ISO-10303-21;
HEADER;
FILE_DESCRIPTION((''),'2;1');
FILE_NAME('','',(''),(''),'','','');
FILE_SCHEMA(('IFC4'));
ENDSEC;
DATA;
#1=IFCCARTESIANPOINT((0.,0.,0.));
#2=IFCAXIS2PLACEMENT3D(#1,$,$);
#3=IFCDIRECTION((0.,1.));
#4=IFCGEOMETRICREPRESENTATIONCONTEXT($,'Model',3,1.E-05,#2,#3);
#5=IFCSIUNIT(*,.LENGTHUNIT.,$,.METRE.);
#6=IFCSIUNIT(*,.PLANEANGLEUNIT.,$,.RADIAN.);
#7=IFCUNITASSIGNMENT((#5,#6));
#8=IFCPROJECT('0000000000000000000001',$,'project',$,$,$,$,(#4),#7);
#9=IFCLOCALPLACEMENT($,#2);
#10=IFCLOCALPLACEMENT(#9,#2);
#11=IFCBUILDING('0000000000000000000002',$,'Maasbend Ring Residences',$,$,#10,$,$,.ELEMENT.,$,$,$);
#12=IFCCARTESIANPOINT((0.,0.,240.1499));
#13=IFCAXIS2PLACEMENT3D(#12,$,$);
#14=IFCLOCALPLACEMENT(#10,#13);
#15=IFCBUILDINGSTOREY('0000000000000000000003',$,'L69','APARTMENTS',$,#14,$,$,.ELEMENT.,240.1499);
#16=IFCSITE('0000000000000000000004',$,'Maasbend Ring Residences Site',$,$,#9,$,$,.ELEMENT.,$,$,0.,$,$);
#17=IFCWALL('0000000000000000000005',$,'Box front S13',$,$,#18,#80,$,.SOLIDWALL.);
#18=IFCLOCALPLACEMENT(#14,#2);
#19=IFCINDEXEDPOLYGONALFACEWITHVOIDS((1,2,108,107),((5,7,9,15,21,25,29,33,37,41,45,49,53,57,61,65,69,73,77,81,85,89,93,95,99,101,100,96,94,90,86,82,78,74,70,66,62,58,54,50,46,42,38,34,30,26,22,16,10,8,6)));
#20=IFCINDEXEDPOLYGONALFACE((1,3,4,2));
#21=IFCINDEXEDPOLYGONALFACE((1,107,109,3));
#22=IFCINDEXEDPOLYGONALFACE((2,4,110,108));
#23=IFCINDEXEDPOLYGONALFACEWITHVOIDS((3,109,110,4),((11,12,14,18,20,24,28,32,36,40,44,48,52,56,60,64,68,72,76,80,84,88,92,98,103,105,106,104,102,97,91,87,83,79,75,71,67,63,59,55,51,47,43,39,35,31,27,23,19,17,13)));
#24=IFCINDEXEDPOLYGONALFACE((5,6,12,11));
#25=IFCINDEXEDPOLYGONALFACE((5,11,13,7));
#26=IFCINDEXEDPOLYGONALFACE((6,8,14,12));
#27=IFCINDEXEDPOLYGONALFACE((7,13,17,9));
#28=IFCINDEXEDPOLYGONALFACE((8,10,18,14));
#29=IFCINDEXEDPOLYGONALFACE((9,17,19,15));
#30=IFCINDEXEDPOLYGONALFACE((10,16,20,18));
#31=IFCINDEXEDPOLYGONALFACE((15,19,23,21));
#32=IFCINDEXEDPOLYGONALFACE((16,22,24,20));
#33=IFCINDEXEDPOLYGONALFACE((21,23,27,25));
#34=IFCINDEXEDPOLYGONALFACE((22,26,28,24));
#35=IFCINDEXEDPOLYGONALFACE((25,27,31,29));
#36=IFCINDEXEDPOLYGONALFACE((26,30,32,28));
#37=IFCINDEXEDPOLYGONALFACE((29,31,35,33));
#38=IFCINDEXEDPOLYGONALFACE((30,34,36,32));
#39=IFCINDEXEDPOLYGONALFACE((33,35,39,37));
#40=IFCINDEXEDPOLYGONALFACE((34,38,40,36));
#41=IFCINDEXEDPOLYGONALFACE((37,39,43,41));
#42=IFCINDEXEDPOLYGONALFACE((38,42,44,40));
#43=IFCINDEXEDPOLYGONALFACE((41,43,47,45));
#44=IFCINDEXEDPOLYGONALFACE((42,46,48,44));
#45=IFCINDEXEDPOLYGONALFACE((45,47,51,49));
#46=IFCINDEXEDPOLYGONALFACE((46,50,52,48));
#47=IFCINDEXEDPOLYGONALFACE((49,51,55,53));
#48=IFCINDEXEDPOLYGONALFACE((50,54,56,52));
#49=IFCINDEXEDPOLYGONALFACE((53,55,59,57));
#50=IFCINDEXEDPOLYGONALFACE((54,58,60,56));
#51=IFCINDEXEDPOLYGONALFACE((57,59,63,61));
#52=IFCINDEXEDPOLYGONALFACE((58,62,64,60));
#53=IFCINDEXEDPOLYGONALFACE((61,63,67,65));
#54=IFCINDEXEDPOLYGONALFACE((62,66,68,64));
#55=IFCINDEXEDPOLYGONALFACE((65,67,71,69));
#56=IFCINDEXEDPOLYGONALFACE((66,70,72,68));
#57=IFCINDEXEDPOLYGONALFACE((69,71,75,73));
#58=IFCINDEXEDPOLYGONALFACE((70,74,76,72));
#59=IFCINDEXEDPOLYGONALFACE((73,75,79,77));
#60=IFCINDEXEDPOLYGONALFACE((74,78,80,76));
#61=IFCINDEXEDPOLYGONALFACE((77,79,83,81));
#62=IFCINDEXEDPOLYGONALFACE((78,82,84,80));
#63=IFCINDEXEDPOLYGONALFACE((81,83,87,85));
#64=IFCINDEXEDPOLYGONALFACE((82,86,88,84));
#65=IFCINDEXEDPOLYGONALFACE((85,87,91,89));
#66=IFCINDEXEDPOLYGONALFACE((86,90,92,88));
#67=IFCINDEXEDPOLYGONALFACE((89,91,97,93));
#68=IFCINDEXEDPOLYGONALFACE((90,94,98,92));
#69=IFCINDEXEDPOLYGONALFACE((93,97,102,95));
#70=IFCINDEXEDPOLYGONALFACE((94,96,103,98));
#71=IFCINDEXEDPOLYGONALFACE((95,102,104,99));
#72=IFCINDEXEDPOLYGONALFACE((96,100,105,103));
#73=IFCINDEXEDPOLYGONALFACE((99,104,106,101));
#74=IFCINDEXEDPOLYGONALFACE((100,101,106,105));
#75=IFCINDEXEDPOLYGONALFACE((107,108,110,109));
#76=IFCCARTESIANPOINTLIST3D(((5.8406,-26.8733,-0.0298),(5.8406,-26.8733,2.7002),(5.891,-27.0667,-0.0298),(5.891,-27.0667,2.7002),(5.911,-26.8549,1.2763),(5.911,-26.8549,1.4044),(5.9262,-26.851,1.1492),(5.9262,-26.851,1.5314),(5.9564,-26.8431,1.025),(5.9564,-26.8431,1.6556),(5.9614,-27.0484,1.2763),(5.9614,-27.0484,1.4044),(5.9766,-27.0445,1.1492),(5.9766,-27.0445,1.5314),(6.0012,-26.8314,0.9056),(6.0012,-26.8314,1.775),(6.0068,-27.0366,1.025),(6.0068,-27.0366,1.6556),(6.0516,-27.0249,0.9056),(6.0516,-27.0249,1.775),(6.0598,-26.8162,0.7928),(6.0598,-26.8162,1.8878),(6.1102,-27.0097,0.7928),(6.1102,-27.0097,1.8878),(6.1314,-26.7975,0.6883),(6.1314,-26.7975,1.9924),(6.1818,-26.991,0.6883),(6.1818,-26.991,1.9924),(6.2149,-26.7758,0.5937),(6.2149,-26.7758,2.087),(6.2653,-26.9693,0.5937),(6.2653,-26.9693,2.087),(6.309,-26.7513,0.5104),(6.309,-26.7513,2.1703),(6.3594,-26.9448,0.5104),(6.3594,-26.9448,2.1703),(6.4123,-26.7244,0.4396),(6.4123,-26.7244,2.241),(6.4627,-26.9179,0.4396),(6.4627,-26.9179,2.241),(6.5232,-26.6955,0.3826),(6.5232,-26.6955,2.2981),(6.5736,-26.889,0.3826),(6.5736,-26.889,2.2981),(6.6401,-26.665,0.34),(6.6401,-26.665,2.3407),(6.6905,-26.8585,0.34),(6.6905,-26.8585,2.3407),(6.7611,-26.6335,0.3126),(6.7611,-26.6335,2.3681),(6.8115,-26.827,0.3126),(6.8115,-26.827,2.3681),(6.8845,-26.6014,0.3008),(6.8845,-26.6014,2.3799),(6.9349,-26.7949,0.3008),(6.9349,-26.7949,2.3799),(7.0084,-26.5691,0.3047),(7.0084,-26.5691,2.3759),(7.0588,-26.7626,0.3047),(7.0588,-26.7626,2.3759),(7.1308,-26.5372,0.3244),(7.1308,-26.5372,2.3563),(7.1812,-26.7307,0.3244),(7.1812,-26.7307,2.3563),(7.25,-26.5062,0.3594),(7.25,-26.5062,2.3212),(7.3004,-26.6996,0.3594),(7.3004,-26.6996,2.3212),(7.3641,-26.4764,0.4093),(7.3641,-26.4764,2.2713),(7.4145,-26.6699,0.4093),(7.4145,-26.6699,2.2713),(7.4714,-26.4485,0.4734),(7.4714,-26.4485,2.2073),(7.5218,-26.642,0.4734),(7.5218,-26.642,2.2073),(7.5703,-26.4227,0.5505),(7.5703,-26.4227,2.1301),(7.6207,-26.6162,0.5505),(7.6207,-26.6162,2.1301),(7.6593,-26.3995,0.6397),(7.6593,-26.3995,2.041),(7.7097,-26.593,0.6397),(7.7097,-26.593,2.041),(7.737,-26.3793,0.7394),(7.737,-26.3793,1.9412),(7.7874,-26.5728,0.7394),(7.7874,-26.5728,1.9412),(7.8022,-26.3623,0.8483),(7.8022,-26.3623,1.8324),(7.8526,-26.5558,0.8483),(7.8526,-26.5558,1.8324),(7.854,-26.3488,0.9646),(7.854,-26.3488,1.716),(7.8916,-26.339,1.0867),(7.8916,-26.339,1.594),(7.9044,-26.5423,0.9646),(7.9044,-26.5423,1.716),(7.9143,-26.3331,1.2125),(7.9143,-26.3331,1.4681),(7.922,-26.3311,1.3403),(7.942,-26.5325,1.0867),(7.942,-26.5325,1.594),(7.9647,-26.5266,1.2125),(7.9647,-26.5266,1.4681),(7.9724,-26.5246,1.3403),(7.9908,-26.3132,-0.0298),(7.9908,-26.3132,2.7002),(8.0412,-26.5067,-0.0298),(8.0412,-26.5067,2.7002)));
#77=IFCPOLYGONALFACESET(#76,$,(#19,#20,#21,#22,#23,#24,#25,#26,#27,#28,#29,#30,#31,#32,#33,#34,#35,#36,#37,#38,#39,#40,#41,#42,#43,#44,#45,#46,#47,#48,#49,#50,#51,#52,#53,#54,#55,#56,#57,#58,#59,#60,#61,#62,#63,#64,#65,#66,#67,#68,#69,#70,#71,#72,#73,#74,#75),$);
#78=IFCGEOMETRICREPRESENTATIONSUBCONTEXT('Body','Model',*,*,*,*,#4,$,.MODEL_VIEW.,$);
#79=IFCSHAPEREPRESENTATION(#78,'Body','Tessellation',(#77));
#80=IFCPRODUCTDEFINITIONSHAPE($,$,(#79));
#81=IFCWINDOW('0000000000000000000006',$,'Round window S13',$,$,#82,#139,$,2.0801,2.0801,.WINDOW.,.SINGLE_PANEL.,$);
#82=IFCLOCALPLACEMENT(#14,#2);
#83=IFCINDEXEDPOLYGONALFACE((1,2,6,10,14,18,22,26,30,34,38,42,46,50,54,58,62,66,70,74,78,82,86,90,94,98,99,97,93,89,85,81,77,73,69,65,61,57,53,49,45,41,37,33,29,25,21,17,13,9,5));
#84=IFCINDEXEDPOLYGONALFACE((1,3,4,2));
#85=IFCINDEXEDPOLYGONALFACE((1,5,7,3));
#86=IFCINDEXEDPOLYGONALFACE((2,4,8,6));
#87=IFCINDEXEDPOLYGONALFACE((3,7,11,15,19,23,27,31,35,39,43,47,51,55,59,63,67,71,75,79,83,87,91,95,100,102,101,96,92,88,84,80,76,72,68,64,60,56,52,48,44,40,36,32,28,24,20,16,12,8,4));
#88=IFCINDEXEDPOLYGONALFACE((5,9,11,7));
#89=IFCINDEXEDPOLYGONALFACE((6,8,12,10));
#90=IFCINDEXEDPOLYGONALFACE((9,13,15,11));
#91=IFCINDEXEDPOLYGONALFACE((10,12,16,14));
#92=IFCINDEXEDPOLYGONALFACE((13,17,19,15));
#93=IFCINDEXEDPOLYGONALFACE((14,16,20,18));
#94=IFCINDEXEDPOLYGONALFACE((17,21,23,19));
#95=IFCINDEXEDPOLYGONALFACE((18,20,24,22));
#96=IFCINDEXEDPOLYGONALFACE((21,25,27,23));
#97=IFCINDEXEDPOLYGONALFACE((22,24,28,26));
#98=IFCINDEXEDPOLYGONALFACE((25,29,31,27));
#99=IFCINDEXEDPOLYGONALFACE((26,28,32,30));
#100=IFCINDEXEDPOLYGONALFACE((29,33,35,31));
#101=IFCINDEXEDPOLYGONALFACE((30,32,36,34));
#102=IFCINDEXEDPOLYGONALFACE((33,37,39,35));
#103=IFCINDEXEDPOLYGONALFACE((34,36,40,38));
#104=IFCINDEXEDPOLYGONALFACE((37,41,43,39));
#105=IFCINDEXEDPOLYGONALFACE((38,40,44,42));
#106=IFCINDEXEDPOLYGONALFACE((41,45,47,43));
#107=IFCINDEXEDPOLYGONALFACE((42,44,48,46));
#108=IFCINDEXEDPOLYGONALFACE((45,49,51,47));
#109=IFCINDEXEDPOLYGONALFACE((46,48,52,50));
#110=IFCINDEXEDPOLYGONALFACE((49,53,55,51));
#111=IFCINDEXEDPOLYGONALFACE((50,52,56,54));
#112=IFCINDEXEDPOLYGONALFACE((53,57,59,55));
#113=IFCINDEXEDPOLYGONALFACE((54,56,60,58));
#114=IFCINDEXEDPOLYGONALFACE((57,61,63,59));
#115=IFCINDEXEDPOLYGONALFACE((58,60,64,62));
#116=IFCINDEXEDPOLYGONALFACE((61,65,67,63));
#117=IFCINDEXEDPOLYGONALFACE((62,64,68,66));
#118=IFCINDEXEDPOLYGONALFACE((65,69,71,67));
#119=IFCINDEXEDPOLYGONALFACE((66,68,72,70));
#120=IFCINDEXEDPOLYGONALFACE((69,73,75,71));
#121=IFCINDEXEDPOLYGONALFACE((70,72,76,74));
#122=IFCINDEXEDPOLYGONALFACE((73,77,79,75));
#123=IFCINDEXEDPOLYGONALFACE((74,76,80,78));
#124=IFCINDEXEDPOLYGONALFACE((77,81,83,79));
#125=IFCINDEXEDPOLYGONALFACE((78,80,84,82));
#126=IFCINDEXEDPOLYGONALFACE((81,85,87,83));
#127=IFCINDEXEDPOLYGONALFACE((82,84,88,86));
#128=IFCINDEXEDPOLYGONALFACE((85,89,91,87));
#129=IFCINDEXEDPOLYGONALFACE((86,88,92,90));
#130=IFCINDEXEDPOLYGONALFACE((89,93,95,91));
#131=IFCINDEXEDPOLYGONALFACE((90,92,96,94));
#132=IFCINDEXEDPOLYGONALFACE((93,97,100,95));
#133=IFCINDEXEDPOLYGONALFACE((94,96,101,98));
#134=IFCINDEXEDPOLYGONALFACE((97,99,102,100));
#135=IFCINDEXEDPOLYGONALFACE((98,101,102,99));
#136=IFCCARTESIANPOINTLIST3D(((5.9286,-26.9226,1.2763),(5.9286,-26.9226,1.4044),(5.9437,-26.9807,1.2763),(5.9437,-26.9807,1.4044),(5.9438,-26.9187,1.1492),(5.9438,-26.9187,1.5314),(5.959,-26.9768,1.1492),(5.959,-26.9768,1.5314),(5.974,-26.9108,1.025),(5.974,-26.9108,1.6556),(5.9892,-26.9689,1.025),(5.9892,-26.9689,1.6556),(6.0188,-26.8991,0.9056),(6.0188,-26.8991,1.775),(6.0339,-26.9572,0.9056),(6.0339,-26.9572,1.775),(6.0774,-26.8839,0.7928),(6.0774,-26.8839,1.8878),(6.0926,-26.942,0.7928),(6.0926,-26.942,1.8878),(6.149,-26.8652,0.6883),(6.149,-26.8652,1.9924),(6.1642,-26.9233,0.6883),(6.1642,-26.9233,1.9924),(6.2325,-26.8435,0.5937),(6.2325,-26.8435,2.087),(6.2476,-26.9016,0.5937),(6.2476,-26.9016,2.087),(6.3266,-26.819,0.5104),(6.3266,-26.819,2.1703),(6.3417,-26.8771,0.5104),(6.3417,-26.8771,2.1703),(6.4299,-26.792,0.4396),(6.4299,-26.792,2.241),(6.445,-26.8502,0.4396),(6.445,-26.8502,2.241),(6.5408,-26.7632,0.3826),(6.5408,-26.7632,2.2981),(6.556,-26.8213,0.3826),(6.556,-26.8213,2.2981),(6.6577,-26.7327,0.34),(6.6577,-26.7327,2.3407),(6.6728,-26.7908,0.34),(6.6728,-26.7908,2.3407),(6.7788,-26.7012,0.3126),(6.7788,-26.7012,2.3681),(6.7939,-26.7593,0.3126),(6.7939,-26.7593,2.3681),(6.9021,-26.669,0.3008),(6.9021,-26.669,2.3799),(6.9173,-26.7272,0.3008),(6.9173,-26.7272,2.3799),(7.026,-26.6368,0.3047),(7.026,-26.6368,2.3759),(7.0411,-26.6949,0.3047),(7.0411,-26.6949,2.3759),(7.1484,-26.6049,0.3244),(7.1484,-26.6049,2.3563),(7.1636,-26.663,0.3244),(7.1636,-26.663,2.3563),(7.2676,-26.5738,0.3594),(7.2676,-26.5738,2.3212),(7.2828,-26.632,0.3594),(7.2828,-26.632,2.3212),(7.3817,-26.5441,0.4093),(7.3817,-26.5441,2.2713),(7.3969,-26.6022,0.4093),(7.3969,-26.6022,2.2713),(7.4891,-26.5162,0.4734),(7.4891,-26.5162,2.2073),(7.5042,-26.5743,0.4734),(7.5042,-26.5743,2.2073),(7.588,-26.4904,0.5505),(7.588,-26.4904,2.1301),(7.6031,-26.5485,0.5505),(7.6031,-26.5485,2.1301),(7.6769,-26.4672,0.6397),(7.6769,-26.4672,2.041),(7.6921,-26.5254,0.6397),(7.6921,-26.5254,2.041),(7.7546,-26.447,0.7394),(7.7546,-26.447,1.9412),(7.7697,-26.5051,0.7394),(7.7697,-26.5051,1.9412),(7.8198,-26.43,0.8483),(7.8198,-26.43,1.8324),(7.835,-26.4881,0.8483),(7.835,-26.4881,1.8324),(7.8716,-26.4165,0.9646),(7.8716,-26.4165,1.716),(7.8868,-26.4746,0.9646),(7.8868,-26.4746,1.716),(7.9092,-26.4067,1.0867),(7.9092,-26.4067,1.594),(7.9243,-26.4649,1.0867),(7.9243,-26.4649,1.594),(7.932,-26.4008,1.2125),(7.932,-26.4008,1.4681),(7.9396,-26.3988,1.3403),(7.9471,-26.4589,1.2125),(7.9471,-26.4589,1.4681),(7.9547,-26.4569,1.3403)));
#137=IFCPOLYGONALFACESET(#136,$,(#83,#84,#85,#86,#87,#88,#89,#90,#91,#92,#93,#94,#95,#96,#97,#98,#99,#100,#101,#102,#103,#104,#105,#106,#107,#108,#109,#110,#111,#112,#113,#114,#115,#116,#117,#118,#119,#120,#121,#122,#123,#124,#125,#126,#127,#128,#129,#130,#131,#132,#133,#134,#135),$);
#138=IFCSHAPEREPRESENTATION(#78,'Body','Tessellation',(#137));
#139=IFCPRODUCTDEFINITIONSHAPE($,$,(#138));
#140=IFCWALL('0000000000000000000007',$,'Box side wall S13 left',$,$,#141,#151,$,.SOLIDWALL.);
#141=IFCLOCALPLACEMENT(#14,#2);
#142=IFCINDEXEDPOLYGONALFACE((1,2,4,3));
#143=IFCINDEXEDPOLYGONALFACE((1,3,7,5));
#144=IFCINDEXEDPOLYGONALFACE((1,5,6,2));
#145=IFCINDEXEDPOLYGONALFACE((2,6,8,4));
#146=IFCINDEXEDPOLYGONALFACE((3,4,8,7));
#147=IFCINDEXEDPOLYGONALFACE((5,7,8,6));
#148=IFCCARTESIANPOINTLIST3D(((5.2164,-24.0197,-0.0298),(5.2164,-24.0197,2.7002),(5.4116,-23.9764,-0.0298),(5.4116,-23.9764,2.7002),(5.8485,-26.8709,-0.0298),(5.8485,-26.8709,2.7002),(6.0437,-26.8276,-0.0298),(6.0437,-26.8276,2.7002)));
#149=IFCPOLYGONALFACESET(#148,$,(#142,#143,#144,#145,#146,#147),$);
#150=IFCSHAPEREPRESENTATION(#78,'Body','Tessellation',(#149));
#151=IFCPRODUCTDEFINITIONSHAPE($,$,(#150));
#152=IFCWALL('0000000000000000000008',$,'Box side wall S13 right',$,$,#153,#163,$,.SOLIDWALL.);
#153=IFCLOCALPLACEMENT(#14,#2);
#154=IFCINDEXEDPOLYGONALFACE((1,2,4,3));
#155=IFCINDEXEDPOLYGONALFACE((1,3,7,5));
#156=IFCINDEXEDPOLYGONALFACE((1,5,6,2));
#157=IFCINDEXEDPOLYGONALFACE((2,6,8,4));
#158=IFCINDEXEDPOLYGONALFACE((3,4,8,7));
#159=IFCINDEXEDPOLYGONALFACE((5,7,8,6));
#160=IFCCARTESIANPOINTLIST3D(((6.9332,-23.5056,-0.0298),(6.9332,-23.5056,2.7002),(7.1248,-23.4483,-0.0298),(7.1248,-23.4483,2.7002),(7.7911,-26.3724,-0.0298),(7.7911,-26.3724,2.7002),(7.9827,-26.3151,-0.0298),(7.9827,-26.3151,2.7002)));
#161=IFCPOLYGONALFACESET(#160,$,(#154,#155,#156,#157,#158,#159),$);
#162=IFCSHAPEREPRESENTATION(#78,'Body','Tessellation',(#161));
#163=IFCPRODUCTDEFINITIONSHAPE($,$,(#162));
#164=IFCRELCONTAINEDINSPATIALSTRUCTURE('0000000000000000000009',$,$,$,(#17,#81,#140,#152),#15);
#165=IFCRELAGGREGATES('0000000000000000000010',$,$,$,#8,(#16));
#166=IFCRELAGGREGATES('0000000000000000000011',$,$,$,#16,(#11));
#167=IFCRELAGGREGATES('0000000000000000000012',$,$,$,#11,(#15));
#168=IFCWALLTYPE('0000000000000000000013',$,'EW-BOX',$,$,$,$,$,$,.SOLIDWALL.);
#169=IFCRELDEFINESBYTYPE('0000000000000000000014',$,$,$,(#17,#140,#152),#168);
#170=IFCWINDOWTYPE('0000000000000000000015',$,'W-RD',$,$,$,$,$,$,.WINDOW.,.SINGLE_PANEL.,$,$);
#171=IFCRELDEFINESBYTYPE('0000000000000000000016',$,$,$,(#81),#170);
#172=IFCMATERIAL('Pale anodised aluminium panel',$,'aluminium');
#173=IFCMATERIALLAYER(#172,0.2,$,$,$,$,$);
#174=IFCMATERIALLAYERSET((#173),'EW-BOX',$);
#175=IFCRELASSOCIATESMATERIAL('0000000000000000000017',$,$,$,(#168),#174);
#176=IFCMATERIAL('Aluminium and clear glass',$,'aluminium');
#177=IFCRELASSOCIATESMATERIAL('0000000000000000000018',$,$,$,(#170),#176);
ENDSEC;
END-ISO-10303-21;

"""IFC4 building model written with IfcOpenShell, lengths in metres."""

from ifc_helpers import new_model, si_unit, direction, frame, frame_2d, origin, place, context, subcontext, project, spatial, rectangle, circle, extrude, material, layer, layer_set, type_object, element, fill, save


model = new_model("IFC4")

# Units and contexts
model_context = context("Model", 3, precision=1e-05, world=origin(), true_north=direction((0.0, 1.0)))
body_context = subcontext(model_context, "Body", "Model", "MODEL_VIEW")
ifc_project = project(units=[si_unit("LENGTHUNIT", "METRE"), si_unit("PLANEANGLEUNIT", "RADIAN")], contexts=[model_context])

# Site, building, storey
site_placement = place(None, origin())
site = spatial("IfcSite", under=ifc_project, at=site_placement, Name="Maasbend Ring Residences Site", CompositionType="ELEMENT", RefElevation=0.0)
building_placement = place(site_placement, origin())
building = spatial("IfcBuilding", under=site, at=building_placement, Name="Maasbend Ring Residences", CompositionType="ELEMENT")
storey_placement = place(building_placement, frame((0.0, 0.0, 240.1499)))
storey = spatial("IfcBuildingStorey", under=building, at=storey_placement, Name="L69", Description="APARTMENTS", CompositionType="ELEMENT", Elevation=240.1499)

# Shared definitions
ifc_material_1 = material(Name="Pale anodised aluminium panel", Category="aluminium")
ifc_layer_1 = layer(ifc_material_1, 0.2)
ifc_layer_set_1 = layer_set([ifc_layer_1], Name="EW-BOX")
wall_type_1 = type_object("IfcWallType", Name="EW-BOX", PredefinedType="SOLIDWALL", material=ifc_layer_set_1)

# Wall, opening, window
wall_1_placement = place(storey_placement, frame((5.866, -26.97, -0.0298), z_axis=(0.0, 0.0, 1.0), x_axis=(0.967711, 0.252064, 0.0)))
wall_1 = element("IfcWall", 1, at=wall_1_placement, inside=storey, type_object=wall_type_1, Name="Box front S13", PredefinedType="SOLIDWALL", context=body_context, shape_type="SweptSolid", body=[
    extrude(rectangle(XDim=2.2219, YDim=0.2, at=frame_2d((1.1108, 0.0))), origin(), (0.0, 0.0, 1.0), 2.73),
])
opening_1_placement = place(wall_1_placement, frame((0.0706, 0.0, 0.3301)))
opening_1 = element("IfcOpeningElement", 2, at=opening_1_placement, cuts=wall_1, PredefinedType="OPENING", context=body_context, shape_type="SweptSolid", body=[
    extrude(circle(Radius=1.04, at=frame_2d((1.04, 1.04))), frame((0.0, 0.1099, 0.0), z_axis=(0.0, -1.0, 0.0), x_axis=(1.0, 0.0, 0.0)), (0.0, 0.0, 1.0), 0.22),
])
ifc_material_2 = material(Name="Aluminium and clear glass", Category="aluminium")
window_type_1 = type_object("IfcWindowType", Name="W-RD", PartitioningType="SINGLE_PANEL", PredefinedType="WINDOW", material=ifc_material_2)
window_1_placement = place(opening_1_placement, origin())
window_1 = element("IfcWindow", 3, at=window_1_placement, inside=storey, type_object=window_type_1, Name="Round window S13", OverallHeight=2.0801, OverallWidth=2.0801, PartitioningType="SINGLE_PANEL", PredefinedType="WINDOW", context=body_context, shape_type="SweptSolid", body=[
    extrude(circle(Radius=1.04, at=frame_2d((1.04, 1.04))), frame((0.0, 0.03, 0.0), z_axis=(0.0, -1.0, 0.0), x_axis=(1.0, 0.0, 0.0)), (0.0, 0.0, 1.0), 0.0601),
])
fill(opening_1, window_1)

# Walls
wall_2_placement = place(storey_placement, frame((5.314, -23.998, -0.0298), z_axis=(0.0, 0.0, 1.0), x_axis=(0.216444, -0.976295, 0.0)))
element("IfcWall", 4, at=wall_2_placement, inside=storey, type_object=wall_type_1, Name="Box side wall S13 left", PredefinedType="SOLIDWALL", context=body_context, shape_type="SweptSolid", body=[
    extrude(rectangle(XDim=2.9204, YDim=0.2, at=frame_2d((1.4602, 0.0))), origin(), (0.0, 0.0, 1.0), 2.73),
])
wall_3_placement = place(storey_placement, frame((7.0291, -23.4771, -0.0298), z_axis=(0.0, 0.0, 1.0), x_axis=(0.286682, -0.958026, 0.0)))
element("IfcWall", 5, at=wall_3_placement, inside=storey, type_object=wall_type_1, Name="Box side wall S13 right", PredefinedType="SOLIDWALL", context=body_context, shape_type="SweptSolid", body=[
    extrude(rectangle(XDim=2.9924, YDim=0.2, at=frame_2d((1.4961, 0.0))), origin(), (0.0, 0.0, 1.0), 2.73),
])

save(model, "model.ifc")
